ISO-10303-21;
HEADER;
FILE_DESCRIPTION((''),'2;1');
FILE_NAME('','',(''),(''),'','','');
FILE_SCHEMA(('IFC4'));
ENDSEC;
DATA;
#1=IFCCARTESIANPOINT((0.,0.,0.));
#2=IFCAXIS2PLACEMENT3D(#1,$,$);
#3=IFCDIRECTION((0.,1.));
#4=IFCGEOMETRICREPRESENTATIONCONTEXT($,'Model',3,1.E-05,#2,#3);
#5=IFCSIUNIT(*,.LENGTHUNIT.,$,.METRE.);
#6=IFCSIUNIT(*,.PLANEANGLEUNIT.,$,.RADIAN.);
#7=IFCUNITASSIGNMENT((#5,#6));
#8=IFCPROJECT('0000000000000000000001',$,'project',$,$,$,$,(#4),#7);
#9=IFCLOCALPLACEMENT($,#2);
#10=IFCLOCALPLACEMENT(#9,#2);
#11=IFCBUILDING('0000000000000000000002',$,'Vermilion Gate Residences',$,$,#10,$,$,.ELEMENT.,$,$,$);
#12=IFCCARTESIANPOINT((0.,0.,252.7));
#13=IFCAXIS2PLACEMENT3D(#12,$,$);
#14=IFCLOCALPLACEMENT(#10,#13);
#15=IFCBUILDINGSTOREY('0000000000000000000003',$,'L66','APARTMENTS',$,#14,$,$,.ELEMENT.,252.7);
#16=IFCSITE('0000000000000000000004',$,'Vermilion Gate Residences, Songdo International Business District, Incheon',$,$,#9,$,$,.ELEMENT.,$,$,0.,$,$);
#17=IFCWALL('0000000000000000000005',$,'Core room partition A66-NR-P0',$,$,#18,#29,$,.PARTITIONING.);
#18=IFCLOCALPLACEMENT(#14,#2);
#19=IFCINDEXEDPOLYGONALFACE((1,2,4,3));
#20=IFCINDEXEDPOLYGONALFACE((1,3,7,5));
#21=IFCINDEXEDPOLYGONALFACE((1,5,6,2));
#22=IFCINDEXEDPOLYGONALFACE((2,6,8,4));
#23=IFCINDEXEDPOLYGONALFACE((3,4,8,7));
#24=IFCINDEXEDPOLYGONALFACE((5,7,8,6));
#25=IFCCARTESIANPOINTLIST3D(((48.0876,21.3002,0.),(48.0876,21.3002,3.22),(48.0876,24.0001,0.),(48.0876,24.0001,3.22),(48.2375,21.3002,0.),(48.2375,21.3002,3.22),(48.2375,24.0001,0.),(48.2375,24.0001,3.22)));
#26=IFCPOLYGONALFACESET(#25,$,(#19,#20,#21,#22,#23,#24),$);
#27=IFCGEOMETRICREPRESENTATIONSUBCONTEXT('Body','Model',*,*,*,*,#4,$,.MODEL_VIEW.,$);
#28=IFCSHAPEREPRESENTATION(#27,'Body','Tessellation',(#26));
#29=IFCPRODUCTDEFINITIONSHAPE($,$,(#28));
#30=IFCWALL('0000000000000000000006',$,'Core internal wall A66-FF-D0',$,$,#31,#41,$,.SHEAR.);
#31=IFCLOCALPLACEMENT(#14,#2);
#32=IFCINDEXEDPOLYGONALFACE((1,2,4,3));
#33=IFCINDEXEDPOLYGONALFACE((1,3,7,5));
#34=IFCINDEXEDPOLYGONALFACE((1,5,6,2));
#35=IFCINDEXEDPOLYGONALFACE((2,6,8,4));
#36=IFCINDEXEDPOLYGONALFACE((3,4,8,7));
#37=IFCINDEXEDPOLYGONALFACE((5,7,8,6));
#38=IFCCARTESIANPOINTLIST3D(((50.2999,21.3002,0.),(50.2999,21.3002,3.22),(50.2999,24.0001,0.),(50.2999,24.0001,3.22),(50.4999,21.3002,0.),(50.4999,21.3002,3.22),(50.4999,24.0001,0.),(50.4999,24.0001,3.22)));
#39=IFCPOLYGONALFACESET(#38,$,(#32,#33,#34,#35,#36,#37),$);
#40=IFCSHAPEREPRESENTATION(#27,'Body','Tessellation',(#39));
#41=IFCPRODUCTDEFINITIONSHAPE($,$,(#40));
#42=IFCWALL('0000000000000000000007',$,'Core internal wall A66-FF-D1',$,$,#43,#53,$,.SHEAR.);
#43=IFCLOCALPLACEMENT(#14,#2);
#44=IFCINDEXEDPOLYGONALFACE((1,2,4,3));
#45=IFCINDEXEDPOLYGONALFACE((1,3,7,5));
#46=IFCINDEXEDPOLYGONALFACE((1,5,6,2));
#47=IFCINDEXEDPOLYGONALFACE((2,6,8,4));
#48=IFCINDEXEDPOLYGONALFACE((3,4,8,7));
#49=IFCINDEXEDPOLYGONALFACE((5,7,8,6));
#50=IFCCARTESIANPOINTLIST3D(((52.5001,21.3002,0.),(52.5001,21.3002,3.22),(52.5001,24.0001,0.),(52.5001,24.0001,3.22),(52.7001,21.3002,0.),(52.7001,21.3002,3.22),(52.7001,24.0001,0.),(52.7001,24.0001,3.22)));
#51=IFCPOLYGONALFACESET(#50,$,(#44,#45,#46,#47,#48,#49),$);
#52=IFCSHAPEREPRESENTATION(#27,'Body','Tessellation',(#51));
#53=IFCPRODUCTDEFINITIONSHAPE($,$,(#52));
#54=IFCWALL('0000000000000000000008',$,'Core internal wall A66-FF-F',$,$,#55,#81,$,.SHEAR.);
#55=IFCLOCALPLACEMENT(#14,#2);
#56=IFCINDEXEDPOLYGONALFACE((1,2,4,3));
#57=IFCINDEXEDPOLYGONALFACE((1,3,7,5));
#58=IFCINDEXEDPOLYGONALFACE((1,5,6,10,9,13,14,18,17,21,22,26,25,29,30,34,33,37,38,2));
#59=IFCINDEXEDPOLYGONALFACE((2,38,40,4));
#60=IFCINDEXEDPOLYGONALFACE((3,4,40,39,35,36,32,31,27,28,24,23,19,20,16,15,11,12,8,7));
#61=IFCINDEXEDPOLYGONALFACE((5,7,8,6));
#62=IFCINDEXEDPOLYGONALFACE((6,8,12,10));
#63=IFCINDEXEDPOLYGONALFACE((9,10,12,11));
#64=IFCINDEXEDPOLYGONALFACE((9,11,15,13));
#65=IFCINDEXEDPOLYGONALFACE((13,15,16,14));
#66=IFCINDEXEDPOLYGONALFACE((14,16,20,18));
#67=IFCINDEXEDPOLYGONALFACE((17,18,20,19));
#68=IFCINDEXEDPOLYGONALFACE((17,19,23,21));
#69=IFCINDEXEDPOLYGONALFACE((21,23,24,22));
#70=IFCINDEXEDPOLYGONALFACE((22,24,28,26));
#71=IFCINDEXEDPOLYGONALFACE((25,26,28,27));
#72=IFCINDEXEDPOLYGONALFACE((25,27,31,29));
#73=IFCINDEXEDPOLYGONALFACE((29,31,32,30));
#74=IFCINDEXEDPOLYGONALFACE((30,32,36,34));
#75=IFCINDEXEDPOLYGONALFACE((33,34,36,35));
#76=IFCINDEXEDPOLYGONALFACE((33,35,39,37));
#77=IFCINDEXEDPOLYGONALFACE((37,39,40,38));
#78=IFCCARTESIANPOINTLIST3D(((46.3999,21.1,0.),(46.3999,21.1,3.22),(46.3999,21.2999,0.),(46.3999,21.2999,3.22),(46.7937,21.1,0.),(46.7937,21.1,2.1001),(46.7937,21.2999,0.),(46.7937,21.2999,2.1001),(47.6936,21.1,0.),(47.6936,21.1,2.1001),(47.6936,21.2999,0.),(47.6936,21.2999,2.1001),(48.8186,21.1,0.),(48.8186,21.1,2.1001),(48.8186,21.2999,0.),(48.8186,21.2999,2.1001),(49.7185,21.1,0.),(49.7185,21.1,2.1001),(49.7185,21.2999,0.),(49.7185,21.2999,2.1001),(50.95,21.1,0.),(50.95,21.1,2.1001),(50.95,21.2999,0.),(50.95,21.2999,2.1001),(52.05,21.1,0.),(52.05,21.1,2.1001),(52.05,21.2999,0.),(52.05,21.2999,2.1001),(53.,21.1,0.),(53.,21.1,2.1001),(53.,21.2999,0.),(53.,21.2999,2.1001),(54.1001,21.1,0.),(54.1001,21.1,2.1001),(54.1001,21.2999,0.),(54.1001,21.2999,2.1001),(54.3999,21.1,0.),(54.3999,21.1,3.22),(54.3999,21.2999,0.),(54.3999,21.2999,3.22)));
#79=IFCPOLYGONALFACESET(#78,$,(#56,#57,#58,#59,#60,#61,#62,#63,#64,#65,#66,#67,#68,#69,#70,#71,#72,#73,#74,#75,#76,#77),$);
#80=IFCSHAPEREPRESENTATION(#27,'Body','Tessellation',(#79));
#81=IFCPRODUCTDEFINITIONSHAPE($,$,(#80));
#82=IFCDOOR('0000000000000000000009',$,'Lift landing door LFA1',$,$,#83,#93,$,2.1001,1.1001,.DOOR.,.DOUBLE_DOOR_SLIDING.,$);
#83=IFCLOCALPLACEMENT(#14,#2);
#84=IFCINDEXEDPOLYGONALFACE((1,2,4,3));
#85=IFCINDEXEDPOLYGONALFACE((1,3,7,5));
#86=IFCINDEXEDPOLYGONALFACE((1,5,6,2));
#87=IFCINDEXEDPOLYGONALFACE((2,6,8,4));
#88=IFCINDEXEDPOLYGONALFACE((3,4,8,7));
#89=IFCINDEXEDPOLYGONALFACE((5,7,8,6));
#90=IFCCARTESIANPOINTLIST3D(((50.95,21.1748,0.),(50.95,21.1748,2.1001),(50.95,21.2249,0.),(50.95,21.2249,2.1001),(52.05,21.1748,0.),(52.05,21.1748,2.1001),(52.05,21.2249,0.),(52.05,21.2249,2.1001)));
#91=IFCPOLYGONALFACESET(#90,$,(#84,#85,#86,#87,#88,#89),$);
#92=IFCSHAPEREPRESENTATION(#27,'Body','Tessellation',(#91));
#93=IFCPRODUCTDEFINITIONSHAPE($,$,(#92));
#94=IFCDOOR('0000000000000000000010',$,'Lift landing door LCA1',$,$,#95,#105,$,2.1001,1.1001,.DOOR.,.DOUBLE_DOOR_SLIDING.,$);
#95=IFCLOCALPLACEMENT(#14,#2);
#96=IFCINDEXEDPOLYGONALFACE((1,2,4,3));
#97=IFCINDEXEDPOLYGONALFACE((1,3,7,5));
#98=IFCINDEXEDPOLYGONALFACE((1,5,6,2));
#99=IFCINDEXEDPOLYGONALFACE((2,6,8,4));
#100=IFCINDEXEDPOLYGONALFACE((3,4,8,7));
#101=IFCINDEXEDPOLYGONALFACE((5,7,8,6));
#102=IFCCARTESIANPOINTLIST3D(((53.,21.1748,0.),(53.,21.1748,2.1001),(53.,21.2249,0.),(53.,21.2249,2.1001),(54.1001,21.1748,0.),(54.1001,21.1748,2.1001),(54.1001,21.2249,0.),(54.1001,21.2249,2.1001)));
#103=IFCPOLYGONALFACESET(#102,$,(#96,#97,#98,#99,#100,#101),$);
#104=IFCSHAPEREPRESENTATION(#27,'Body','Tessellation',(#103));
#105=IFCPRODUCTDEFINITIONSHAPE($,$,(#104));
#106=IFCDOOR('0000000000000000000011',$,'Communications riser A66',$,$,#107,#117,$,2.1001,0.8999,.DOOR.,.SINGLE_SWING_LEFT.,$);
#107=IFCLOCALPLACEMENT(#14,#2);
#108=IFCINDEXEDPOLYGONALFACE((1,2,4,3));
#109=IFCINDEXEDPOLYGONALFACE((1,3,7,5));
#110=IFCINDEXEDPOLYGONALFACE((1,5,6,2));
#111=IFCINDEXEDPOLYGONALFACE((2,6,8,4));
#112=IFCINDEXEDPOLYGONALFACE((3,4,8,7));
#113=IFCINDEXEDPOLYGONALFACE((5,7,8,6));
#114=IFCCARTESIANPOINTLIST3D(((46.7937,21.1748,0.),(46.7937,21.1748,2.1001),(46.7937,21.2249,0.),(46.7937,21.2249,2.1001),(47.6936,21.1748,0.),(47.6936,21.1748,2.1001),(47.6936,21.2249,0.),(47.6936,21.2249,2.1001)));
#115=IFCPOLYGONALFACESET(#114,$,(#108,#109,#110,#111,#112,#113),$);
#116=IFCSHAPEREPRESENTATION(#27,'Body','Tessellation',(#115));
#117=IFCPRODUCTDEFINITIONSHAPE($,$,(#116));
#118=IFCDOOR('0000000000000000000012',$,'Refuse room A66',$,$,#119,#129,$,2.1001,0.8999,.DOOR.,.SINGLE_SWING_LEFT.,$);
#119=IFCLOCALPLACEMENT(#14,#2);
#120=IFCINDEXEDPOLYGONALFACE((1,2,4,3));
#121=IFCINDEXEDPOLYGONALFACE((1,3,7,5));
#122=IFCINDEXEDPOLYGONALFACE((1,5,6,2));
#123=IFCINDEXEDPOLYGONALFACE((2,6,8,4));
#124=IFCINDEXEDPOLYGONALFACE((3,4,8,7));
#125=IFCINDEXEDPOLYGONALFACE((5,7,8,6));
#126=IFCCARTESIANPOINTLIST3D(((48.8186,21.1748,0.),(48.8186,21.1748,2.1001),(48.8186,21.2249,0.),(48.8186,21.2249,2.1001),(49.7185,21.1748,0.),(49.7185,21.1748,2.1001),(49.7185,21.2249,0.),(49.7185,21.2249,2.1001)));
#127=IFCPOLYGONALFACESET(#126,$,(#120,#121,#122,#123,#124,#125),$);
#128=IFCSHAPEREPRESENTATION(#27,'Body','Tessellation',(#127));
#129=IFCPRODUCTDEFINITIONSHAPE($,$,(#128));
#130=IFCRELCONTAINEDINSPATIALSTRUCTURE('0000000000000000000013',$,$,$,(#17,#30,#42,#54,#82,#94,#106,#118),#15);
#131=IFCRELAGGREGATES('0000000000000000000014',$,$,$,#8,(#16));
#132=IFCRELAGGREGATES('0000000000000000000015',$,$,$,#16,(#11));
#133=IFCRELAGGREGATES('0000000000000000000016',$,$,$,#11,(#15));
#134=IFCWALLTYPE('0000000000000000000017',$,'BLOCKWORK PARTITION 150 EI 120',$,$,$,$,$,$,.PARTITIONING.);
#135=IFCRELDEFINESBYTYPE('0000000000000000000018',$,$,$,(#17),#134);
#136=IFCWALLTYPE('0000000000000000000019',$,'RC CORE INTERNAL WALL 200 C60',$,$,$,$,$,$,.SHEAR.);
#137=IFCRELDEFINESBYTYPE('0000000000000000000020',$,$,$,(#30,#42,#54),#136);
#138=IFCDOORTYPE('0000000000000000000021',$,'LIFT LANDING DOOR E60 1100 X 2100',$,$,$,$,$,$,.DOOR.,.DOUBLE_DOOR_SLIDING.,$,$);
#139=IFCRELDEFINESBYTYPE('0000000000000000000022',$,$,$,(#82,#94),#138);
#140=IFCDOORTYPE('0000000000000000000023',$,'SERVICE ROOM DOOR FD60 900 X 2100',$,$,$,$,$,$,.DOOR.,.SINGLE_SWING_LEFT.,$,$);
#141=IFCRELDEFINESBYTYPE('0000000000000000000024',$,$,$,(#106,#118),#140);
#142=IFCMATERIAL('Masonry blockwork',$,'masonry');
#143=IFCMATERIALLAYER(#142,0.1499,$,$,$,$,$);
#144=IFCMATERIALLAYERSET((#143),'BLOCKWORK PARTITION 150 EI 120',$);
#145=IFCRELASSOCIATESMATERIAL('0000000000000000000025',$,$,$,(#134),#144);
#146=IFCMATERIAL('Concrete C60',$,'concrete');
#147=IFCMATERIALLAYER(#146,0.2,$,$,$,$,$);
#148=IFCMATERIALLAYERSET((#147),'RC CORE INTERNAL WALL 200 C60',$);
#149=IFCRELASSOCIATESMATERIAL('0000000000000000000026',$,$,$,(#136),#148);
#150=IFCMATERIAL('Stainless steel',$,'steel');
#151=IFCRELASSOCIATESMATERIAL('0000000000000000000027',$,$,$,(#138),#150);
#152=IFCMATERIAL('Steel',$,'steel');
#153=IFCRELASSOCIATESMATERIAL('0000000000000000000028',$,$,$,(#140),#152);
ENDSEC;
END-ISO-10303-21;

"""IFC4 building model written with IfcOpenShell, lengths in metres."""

from ifc_helpers import new_model, si_unit, direction, frame, frame_2d, origin, place, context, subcontext, project, spatial, rectangle, extrude, material, layer, layer_set, type_object, element, fill, save


model = new_model("IFC4")

# Units and contexts
model_context = context("Model", 3, precision=1e-05, world=origin(), true_north=direction((0.0, 1.0)))
body_context = subcontext(model_context, "Body", "Model", "MODEL_VIEW")
ifc_project = project(units=[si_unit("LENGTHUNIT", "METRE"), si_unit("PLANEANGLEUNIT", "RADIAN")], contexts=[model_context])

# Site, building, storey
site_placement = place(None, origin())
site = spatial("IfcSite", under=ifc_project, at=site_placement, Name="Vermilion Gate Residences, Songdo International Business District, Incheon", CompositionType="ELEMENT", RefElevation=0.0)
building_placement = place(site_placement, origin())
building = spatial("IfcBuilding", under=site, at=building_placement, Name="Vermilion Gate Residences", CompositionType="ELEMENT")
storey_placement = place(building_placement, frame((0.0, 0.0, 252.7)))
storey = spatial("IfcBuildingStorey", under=building, at=storey_placement, Name="L66", Description="APARTMENTS", CompositionType="ELEMENT", Elevation=252.7)

# Walls
ifc_material_1 = material(Name="Masonry blockwork", Category="masonry")
ifc_layer_1 = layer(ifc_material_1, 0.1499)
ifc_layer_set_1 = layer_set([ifc_layer_1], Name="BLOCKWORK PARTITION 150 EI 120")
wall_type_1 = type_object("IfcWallType", Name="BLOCKWORK PARTITION 150 EI 120", PredefinedType="PARTITIONING", material=ifc_layer_set_1)
wall_1_placement = place(storey_placement, frame((48.1626, 21.3, 0.0), z_axis=(0.0, 0.0, 1.0), x_axis=(0.0, 1.0, 0.0)))
element("IfcWall", 1, at=wall_1_placement, inside=storey, type_object=wall_type_1, Name="Core room partition A66-NR-P0", PredefinedType="PARTITIONING", context=body_context, shape_type="SweptSolid", body=[
    extrude(rectangle(XDim=2.7, YDim=0.1499, at=frame_2d((1.3501, 0.0))), origin(), (0.0, 0.0, 1.0), 3.22),
])
ifc_material_2 = material(Name="Concrete C60", Category="concrete")
ifc_layer_2 = layer(ifc_material_2, 0.2)
ifc_layer_set_2 = layer_set([ifc_layer_2], Name="RC CORE INTERNAL WALL 200 C60")
wall_type_2 = type_object("IfcWallType", Name="RC CORE INTERNAL WALL 200 C60", PredefinedType="SHEAR", material=ifc_layer_set_2)
for number, where, z_axis, x_axis, name in (
    (2, (50.3999, 21.3, 0.0), (0.0, 0.0, 1.0), (0.0, 1.0, 0.0), "Core internal wall A66-FF-D0"),
    (3, (52.6001, 21.3, 0.0), (0.0, 0.0, 1.0), (0.0, 1.0, 0.0), "Core internal wall A66-FF-D1"),
):
    element("IfcWall", number, at=place(storey_placement, frame(where, z_axis=z_axis, x_axis=x_axis)), inside=storey, type_object=wall_type_2, Name=name, PredefinedType="SHEAR", context=body_context, shape_type="SweptSolid", body=[
        extrude(rectangle(XDim=2.7, YDim=0.2, at=frame_2d((1.3501, 0.0))), origin(), (0.0, 0.0, 1.0), 3.22),
    ])

# Wall, openings, doors
wall_2_placement = place(storey_placement, frame((46.3999, 21.2, 0.0), z_axis=(0.0, 0.0, 1.0), x_axis=(1.0, 0.0, 0.0)))
wall_2 = element("IfcWall", 4, at=wall_2_placement, inside=storey, type_object=wall_type_2, Name="Core internal wall A66-FF-F", PredefinedType="SHEAR", context=body_context, shape_type="SweptSolid", body=[
    extrude(rectangle(XDim=8.0, YDim=0.2, at=frame_2d((4.0, 0.0))), origin(), (0.0, 0.0, 1.0), 3.22),
])
opening_1_placement = place(wall_2_placement, frame((0.3938, 0.0, 0.0)))
opening_1 = element("IfcOpeningElement", 5, at=opening_1_placement, cuts=wall_2, PredefinedType="OPENING", context=body_context, shape_type="SweptSolid", body=[
    extrude(rectangle(XDim=0.8999, YDim=2.1001, at=frame_2d((0.45, 1.05))), frame((0.0, 0.1099, 0.0), z_axis=(0.0, -1.0, 0.0), x_axis=(1.0, 0.0, 0.0)), (0.0, 0.0, 1.0), 0.22),
])
opening_2_placement = place(wall_2_placement, frame((2.4187, 0.0, 0.0)))
opening_2 = element("IfcOpeningElement", 6, at=opening_2_placement, cuts=wall_2, PredefinedType="OPENING", context=body_context, shape_type="SweptSolid", body=[
    extrude(rectangle(XDim=0.8999, YDim=2.1001, at=frame_2d((0.45, 1.05))), frame((0.0, 0.1099, 0.0), z_axis=(0.0, -1.0, 0.0), x_axis=(1.0, 0.0, 0.0)), (0.0, 0.0, 1.0), 0.22),
])
opening_3_placement = place(wall_2_placement, frame((4.55, 0.0, 0.0)))
opening_3 = element("IfcOpeningElement", 7, at=opening_3_placement, cuts=wall_2, PredefinedType="OPENING", context=body_context, shape_type="SweptSolid", body=[
    extrude(rectangle(XDim=1.1001, YDim=2.1001, at=frame_2d((0.55, 1.05))), frame((0.0, 0.1099, 0.0), z_axis=(0.0, -1.0, 0.0), x_axis=(1.0, 0.0, 0.0)), (0.0, 0.0, 1.0), 0.22),
])
opening_4_placement = place(wall_2_placement, frame((6.6001, 0.0, 0.0)))
opening_4 = element("IfcOpeningElement", 8, at=opening_4_placement, cuts=wall_2, PredefinedType="OPENING", context=body_context, shape_type="SweptSolid", body=[
    extrude(rectangle(XDim=1.1001, YDim=2.1001, at=frame_2d((0.55, 1.05))), frame((0.0, 0.1099, 0.0), z_axis=(0.0, -1.0, 0.0), x_axis=(1.0, 0.0, 0.0)), (0.0, 0.0, 1.0), 0.22),
])
ifc_material_3 = material(Name="Stainless steel", Category="steel")
door_type_1 = type_object("IfcDoorType", Name="LIFT LANDING DOOR E60 1100 X 2100", OperationType="DOUBLE_DOOR_SLIDING", PredefinedType="DOOR", material=ifc_material_3)
door_1_placement = place(opening_3_placement, origin())
door_1 = element("IfcDoor", 9, at=door_1_placement, inside=storey, type_object=door_type_1, Name="Lift landing door LFA1", OperationType="DOUBLE_DOOR_SLIDING", OverallHeight=2.1001, OverallWidth=1.1001, PredefinedType="DOOR", context=body_context, shape_type="SweptSolid", body=[
    extrude(rectangle(XDim=1.1001, YDim=2.1001, at=frame_2d((0.55, 1.05))), frame((0.0, 0.0249, 0.0), z_axis=(0.0, -1.0, 0.0), x_axis=(1.0, 0.0, 0.0)), (0.0, 0.0, 1.0), 0.05),
])
fill(opening_3, door_1)
door_2_placement = place(opening_4_placement, origin())
door_2 = element("IfcDoor", 10, at=door_2_placement, inside=storey, type_object=door_type_1, Name="Lift landing door LCA1", OperationType="DOUBLE_DOOR_SLIDING", OverallHeight=2.1001, OverallWidth=1.1001, PredefinedType="DOOR", context=body_context, shape_type="SweptSolid", body=[
    extrude(rectangle(XDim=1.1001, YDim=2.1001, at=frame_2d((0.55, 1.05))), frame((0.0, 0.0249, 0.0), z_axis=(0.0, -1.0, 0.0), x_axis=(1.0, 0.0, 0.0)), (0.0, 0.0, 1.0), 0.05),
])
fill(opening_4, door_2)
ifc_material_4 = material(Name="Steel", Category="steel")
door_type_2 = type_object("IfcDoorType", Name="SERVICE ROOM DOOR FD60 900 X 2100", OperationType="SINGLE_SWING_LEFT", PredefinedType="DOOR", material=ifc_material_4)
door_3_placement = place(opening_1_placement, origin())
door_3 = element("IfcDoor", 11, at=door_3_placement, inside=storey, type_object=door_type_2, Name="Communications riser A66", OperationType="SINGLE_SWING_LEFT", OverallHeight=2.1001, OverallWidth=0.8999, PredefinedType="DOOR", context=body_context, shape_type="SweptSolid", body=[
    extrude(rectangle(XDim=0.8999, YDim=2.1001, at=frame_2d((0.45, 1.05))), frame((0.0, 0.0249, 0.0), z_axis=(0.0, -1.0, 0.0), x_axis=(1.0, 0.0, 0.0)), (0.0, 0.0, 1.0), 0.05),
])
fill(opening_1, door_3)
door_4_placement = place(opening_2_placement, origin())
door_4 = element("IfcDoor", 12, at=door_4_placement, inside=storey, type_object=door_type_2, Name="Refuse room A66", OperationType="SINGLE_SWING_LEFT", OverallHeight=2.1001, OverallWidth=0.8999, PredefinedType="DOOR", context=body_context, shape_type="SweptSolid", body=[
    extrude(rectangle(XDim=0.8999, YDim=2.1001, at=frame_2d((0.45, 1.05))), frame((0.0, 0.0249, 0.0), z_axis=(0.0, -1.0, 0.0), x_axis=(1.0, 0.0, 0.0)), (0.0, 0.0, 1.0), 0.05),
])
fill(opening_2, door_4)

save(model, "model.ifc")
